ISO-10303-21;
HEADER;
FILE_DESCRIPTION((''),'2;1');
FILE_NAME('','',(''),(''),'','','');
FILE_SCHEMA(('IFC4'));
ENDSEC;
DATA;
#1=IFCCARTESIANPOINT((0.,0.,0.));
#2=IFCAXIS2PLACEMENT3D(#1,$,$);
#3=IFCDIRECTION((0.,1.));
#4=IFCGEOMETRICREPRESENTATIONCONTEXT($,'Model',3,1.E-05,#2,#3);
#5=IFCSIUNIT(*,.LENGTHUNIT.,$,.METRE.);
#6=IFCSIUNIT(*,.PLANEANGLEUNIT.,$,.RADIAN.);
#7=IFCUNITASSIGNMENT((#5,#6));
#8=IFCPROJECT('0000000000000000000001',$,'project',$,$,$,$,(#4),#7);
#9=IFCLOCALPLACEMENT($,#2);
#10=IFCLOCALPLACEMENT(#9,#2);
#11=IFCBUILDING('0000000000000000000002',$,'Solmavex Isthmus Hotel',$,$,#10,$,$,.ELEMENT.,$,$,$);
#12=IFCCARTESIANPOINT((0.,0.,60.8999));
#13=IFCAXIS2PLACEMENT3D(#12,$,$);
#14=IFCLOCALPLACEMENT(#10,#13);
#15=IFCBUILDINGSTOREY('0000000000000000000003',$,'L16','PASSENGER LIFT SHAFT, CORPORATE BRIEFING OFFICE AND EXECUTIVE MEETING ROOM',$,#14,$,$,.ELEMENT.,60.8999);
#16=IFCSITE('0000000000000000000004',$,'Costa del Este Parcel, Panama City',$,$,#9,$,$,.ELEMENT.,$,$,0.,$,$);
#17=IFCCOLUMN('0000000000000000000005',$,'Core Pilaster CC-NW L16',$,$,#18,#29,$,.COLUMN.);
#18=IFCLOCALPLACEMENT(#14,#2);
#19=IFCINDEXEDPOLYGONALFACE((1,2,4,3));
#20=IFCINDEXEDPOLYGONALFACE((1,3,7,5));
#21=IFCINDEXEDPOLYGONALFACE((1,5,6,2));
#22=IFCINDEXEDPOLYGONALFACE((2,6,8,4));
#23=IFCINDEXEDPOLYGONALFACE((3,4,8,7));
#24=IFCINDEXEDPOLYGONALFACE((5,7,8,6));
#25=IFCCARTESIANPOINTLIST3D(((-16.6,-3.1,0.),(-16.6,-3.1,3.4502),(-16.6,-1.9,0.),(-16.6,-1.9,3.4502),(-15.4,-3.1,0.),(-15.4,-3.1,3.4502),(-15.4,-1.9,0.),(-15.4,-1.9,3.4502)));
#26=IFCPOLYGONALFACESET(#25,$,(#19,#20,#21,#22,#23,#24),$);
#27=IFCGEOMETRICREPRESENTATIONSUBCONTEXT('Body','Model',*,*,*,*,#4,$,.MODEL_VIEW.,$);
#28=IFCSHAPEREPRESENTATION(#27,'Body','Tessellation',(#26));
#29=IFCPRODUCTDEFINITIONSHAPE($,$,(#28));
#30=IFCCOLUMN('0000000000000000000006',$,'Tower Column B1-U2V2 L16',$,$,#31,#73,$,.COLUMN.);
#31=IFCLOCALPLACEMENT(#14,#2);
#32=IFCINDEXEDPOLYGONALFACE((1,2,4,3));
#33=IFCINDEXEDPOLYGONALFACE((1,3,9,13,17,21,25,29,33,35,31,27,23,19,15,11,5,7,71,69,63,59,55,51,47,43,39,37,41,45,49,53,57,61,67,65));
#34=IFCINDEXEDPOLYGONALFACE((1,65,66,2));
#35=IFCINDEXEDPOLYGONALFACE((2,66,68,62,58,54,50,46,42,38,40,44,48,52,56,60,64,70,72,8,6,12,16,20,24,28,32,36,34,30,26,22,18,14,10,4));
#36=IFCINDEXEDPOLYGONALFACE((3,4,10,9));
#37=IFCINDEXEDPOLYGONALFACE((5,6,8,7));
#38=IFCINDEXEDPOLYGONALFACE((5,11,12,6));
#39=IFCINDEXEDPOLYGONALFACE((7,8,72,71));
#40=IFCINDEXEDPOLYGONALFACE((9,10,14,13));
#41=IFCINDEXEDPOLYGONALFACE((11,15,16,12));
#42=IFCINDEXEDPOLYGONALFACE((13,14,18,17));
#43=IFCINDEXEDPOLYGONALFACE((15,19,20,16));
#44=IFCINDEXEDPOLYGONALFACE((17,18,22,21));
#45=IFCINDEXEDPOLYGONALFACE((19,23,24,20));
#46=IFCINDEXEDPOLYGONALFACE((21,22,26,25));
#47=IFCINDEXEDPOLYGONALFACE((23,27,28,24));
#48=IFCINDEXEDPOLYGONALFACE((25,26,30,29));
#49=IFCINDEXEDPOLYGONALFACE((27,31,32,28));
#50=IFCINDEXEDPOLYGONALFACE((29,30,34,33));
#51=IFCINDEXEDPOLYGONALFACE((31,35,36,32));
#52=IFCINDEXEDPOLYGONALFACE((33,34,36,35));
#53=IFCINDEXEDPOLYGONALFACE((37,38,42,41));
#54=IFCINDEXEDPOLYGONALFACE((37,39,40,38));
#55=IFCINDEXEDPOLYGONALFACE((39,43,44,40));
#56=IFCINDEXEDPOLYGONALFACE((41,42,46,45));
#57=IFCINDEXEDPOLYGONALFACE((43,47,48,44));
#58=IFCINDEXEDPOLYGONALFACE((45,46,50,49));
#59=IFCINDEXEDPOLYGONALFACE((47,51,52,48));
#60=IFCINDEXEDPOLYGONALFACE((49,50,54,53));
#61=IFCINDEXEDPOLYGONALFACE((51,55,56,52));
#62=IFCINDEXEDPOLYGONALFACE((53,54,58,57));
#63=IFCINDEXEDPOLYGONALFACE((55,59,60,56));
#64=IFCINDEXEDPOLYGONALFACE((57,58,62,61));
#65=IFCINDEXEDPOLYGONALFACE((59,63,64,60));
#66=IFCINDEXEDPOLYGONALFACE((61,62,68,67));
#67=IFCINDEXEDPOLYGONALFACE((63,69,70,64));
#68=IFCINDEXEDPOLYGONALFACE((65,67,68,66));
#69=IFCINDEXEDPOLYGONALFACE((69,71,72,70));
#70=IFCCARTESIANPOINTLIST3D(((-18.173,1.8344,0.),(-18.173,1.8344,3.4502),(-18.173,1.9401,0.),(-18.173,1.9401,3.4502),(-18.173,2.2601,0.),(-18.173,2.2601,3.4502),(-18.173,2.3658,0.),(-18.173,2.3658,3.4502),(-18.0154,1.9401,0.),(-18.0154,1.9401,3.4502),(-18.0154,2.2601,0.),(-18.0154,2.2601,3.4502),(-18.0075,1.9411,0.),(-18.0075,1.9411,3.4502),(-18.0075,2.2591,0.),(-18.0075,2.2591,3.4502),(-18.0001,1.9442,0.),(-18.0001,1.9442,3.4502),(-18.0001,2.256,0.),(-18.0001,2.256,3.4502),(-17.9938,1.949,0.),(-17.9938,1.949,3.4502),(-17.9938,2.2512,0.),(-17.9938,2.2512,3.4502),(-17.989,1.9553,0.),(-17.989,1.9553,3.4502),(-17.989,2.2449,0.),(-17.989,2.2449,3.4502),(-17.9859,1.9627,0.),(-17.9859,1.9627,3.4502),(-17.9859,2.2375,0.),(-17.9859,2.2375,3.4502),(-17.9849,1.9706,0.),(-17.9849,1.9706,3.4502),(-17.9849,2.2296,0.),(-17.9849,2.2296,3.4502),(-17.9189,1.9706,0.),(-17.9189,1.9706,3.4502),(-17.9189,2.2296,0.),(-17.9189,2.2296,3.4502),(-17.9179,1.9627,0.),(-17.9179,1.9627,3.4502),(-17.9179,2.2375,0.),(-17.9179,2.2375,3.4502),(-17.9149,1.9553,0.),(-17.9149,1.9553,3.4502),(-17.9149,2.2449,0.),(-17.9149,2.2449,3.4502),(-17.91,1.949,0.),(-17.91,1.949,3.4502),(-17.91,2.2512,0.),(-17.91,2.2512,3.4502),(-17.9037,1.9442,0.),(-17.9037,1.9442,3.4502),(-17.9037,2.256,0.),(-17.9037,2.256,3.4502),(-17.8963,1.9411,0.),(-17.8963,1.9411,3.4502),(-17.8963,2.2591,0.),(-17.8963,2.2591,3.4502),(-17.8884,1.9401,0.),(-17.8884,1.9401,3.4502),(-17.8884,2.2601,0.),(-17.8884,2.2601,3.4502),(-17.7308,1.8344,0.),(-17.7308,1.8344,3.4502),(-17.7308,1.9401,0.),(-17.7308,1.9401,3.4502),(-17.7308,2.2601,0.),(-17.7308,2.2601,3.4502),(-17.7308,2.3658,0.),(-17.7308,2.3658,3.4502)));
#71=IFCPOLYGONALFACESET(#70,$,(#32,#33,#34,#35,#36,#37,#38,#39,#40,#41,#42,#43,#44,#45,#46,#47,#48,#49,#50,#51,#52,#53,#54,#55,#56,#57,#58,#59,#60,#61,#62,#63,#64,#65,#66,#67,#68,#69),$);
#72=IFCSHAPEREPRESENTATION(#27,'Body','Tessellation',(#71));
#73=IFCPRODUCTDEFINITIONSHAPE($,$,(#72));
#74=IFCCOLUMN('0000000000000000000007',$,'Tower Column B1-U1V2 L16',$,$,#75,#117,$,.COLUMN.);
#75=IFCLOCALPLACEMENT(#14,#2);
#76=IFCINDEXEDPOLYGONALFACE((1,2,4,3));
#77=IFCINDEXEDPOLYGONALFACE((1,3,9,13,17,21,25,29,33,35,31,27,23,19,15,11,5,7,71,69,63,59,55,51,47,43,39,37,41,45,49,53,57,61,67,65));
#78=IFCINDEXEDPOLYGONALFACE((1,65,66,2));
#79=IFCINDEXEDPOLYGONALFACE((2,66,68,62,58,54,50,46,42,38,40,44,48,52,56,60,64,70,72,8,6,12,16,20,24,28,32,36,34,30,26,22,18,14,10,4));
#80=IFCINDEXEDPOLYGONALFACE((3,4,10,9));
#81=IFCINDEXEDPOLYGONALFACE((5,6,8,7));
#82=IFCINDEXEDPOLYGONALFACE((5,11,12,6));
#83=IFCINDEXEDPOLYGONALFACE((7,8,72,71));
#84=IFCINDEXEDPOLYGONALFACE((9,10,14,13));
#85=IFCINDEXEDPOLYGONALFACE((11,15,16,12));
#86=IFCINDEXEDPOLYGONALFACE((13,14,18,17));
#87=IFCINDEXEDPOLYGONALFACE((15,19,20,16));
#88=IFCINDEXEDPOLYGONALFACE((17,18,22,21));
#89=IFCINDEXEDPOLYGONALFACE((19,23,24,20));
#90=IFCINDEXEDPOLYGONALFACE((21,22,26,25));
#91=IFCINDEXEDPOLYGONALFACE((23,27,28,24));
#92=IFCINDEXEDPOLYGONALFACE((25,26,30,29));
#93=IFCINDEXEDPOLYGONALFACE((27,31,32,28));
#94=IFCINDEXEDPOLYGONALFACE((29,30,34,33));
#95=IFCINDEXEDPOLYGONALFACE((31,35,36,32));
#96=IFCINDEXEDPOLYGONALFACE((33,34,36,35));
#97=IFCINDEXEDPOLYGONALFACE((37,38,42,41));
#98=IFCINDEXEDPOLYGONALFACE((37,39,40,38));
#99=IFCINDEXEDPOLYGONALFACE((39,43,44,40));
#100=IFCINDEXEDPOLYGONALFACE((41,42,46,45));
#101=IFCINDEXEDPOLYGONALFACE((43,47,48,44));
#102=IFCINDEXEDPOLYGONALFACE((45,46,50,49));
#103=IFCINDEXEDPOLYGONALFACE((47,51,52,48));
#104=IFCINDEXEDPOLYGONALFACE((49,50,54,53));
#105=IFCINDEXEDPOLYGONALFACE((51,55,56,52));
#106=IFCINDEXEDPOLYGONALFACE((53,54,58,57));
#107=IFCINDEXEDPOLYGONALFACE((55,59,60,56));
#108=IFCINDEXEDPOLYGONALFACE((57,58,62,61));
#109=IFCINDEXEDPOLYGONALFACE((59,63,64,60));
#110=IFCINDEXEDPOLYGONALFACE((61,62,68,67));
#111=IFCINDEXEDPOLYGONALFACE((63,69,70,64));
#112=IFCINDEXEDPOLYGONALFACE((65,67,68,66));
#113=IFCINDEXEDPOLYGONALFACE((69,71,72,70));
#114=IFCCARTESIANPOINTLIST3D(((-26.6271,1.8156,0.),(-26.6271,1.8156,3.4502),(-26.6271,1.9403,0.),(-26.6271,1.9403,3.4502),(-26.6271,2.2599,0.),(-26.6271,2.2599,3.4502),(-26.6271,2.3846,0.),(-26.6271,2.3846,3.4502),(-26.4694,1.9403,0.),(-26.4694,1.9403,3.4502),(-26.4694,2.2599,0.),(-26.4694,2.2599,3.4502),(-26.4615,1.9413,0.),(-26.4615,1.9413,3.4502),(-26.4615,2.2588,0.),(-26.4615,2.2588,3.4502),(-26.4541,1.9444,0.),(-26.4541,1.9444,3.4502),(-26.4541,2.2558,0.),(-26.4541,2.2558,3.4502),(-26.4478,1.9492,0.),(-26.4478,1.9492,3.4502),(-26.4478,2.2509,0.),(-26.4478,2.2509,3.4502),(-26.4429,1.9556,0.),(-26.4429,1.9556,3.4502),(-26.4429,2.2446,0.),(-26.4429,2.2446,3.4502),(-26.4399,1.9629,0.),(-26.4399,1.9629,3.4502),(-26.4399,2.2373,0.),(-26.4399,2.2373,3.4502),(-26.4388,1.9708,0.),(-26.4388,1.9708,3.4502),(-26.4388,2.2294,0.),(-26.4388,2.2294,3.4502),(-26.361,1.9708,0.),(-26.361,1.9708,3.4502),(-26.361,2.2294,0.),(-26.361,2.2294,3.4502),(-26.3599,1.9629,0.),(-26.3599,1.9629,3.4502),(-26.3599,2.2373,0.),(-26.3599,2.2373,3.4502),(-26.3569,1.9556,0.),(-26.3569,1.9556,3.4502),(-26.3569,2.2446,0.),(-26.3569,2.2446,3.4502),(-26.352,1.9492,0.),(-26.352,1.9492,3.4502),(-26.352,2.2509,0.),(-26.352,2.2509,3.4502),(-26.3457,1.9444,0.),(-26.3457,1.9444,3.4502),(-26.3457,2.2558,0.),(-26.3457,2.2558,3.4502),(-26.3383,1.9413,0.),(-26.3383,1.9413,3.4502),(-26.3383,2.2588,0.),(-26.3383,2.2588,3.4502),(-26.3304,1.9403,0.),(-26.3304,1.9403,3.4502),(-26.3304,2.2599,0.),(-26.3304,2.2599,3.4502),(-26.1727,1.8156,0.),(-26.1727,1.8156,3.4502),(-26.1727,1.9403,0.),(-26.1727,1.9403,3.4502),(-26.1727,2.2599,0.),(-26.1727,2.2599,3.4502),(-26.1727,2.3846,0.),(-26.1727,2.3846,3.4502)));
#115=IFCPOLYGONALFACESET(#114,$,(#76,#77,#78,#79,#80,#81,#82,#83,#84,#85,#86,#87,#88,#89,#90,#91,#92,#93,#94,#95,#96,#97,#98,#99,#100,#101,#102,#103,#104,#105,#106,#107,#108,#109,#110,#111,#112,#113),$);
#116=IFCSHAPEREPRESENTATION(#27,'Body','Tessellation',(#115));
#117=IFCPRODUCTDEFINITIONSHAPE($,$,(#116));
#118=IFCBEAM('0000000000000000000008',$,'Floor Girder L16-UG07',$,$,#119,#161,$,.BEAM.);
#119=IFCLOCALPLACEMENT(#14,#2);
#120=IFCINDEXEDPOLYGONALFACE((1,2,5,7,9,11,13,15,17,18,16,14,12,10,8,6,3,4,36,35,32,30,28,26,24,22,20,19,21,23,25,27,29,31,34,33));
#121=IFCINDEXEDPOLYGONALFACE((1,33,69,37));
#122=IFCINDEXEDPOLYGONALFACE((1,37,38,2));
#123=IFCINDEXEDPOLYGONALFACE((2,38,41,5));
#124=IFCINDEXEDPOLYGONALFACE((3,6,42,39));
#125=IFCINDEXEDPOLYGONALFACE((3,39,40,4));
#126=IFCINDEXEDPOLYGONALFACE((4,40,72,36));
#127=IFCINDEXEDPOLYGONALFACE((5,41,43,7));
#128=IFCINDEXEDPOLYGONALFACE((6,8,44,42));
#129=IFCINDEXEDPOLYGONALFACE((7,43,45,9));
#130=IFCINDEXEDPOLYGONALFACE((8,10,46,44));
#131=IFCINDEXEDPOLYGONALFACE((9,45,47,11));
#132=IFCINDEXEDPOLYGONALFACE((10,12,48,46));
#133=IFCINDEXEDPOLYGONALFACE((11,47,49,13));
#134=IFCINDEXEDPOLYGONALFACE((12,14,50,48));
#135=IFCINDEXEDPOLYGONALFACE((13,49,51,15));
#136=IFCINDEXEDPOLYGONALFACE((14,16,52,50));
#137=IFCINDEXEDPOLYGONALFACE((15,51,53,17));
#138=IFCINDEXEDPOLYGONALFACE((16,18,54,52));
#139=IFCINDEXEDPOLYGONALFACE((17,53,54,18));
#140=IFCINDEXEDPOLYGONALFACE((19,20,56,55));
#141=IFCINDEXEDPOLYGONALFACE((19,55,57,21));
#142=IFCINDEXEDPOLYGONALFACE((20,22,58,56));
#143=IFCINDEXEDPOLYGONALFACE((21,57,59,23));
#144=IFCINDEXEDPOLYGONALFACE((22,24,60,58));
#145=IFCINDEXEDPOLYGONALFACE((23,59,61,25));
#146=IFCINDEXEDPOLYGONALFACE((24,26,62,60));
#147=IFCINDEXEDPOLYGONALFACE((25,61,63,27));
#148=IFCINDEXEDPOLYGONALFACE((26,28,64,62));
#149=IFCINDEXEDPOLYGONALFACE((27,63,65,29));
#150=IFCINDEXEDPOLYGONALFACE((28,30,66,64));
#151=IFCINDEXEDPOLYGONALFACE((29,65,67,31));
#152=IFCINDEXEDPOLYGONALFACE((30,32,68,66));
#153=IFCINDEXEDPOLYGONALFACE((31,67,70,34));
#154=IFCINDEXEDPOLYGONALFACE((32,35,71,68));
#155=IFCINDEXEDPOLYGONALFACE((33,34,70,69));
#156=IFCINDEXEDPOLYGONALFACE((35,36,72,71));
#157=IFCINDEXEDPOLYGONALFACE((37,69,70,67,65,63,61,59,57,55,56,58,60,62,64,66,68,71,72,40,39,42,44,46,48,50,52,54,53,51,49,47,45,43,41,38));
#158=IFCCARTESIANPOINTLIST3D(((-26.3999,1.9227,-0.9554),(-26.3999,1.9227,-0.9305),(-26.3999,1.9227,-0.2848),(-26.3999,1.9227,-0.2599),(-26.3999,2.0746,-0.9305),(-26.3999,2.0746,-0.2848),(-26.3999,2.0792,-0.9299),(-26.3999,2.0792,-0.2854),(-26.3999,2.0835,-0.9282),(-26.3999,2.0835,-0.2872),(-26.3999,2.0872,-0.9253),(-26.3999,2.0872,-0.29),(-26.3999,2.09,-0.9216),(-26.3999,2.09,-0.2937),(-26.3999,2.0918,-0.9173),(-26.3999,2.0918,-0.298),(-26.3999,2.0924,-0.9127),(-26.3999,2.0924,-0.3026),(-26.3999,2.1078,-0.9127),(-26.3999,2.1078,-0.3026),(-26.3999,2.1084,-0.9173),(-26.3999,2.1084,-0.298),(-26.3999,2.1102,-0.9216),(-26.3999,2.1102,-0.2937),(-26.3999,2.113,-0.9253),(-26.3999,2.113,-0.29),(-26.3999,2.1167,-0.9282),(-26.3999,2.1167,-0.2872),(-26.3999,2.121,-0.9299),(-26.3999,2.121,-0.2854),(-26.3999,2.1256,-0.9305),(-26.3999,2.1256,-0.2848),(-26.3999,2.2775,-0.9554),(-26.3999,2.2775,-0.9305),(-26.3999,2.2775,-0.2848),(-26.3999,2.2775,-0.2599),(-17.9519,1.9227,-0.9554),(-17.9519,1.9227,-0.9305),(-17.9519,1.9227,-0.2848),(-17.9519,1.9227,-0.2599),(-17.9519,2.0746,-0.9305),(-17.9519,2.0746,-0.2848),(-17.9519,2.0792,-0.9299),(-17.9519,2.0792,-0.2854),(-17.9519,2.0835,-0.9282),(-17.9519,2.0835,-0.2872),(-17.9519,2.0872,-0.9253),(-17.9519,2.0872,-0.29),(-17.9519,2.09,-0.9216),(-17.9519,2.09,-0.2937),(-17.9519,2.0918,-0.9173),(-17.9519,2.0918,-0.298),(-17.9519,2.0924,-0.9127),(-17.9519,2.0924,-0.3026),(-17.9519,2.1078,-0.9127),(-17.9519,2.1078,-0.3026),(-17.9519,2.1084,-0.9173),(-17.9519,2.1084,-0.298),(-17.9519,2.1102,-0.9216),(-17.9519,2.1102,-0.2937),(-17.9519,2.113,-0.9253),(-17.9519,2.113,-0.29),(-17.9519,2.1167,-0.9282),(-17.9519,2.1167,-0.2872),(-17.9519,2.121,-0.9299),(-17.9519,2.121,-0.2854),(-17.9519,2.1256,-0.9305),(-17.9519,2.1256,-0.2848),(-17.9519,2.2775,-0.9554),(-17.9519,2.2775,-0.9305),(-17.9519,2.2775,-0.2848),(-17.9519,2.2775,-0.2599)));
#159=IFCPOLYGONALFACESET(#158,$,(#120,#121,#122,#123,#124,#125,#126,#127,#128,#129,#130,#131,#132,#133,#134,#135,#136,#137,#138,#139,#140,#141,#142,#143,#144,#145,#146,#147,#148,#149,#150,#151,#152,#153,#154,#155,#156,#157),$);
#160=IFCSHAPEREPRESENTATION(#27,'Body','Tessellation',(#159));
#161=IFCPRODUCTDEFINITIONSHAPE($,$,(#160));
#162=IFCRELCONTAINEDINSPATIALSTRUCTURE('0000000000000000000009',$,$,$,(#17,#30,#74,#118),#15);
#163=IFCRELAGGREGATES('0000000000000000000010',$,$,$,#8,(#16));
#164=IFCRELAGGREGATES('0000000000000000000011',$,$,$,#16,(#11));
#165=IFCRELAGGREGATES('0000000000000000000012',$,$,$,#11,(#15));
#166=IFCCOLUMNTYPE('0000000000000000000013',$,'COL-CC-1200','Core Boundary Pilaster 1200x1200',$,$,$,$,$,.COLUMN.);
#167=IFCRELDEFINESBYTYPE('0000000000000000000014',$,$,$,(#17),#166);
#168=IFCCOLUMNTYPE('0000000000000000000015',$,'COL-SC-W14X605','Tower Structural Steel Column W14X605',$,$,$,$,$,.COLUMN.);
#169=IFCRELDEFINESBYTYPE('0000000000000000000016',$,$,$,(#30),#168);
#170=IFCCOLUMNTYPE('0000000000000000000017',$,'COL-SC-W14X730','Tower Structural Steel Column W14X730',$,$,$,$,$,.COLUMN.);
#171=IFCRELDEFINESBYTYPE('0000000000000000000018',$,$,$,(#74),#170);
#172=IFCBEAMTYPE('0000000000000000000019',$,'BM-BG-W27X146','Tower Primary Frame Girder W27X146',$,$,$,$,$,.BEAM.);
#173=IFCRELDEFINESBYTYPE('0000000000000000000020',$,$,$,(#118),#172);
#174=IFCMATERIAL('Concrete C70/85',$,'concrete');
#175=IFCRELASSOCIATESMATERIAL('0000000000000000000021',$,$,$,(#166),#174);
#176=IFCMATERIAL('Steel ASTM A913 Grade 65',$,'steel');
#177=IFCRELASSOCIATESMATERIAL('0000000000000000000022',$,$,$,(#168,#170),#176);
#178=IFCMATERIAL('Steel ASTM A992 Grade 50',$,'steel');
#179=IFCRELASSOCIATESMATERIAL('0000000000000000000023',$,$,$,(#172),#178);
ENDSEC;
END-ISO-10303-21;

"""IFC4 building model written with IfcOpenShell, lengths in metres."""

from ifc_helpers import new_model, si_unit, direction, frame, origin, origin_2d, place, context, subcontext, project, spatial, rectangle, i_section, extrude, material, material_profile, profile_set, type_object, element, save


model = new_model("IFC4")

# Units and contexts
model_context = context("Model", 3, precision=1e-05, world=origin(), true_north=direction((0.0, 1.0)))
body_context = subcontext(model_context, "Body", "Model", "MODEL_VIEW")
ifc_project = project(units=[si_unit("LENGTHUNIT", "METRE"), si_unit("PLANEANGLEUNIT", "RADIAN")], contexts=[model_context])

# Site, building, storey
site_placement = place(None, origin())
site = spatial("IfcSite", under=ifc_project, at=site_placement, Name="Costa del Este Parcel, Panama City", CompositionType="ELEMENT", RefElevation=0.0)
building_placement = place(site_placement, origin())
building = spatial("IfcBuilding", under=site, at=building_placement, Name="Solmavex Isthmus Hotel", CompositionType="ELEMENT")
storey_placement = place(building_placement, frame((0.0, 0.0, 60.8999)))
storey = spatial("IfcBuildingStorey", under=building, at=storey_placement, Name="L16", Description="PASSENGER LIFT SHAFT, CORPORATE BRIEFING OFFICE AND EXECUTIVE MEETING ROOM", CompositionType="ELEMENT", Elevation=60.8999)

# Columns
ifc_material_1 = material(Name="Concrete C70/85", Category="concrete")
ifc_material_profile_1 = material_profile(ifc_material_1, rectangle(XDim=1.2, YDim=1.2, at=origin_2d()), Name="RC1200X1200")
ifc_profile_set_1 = profile_set([ifc_material_profile_1], Name="Concrete C70/85")
column_type_1 = type_object("IfcColumnType", Name="COL-CC-1200", Description="Core Boundary Pilaster 1200x1200", PredefinedType="COLUMN", material=ifc_profile_set_1)
column_1_placement = place(storey_placement, frame((-16.0, -2.5, 0.0), z_axis=(0.0, 0.0, 1.0), x_axis=(1.0, 0.0, 0.0)))
element("IfcColumn", 1, at=column_1_placement, inside=storey, type_object=column_type_1, Name="Core Pilaster CC-NW L16", PredefinedType="COLUMN", context=body_context, shape_type="SweptSolid", body=[
    extrude(rectangle(XDim=1.2, YDim=1.2, at=origin_2d()), origin(), (0.0, 0.0, 1.0), 3.4502),
])
ifc_material_2 = material(Name="Steel ASTM A913 Grade 65", Category="steel")
ifc_material_profile_2 = material_profile(ifc_material_2, i_section(OverallWidth=0.4421, OverallDepth=0.5315, WebThickness=0.0659, FlangeThickness=0.1057, FilletRadius=0.0305, at=origin_2d()), Name="W14X605")
ifc_profile_set_2 = profile_set([ifc_material_profile_2], Name="Steel ASTM A913 Grade 65")
column_type_2 = type_object("IfcColumnType", Name="COL-SC-W14X605", Description="Tower Structural Steel Column W14X605", PredefinedType="COLUMN", material=ifc_profile_set_2)
column_2_placement = place(storey_placement, frame((-17.9519, 2.1001, 0.0), z_axis=(0.0, 0.0, 1.0), x_axis=(1.0, 0.0, 0.0)))
element("IfcColumn", 2, at=column_2_placement, inside=storey, type_object=column_type_2, Name="Tower Column B1-U2V2 L16", PredefinedType="COLUMN", context=body_context, shape_type="SweptSolid", body=[
    extrude(i_section(OverallWidth=0.4421, OverallDepth=0.5315, WebThickness=0.0659, FlangeThickness=0.1057, FilletRadius=0.0305, at=origin_2d()), origin(), (0.0, 0.0, 1.0), 3.4502),
])
ifc_material_profile_3 = material_profile(ifc_material_2, i_section(OverallWidth=0.4543, OverallDepth=0.5691, WebThickness=0.0779, FlangeThickness=0.1248, FilletRadius=0.0305, at=origin_2d()), Name="W14X730")
ifc_profile_set_3 = profile_set([ifc_material_profile_3], Name="Steel ASTM A913 Grade 65")
column_type_3 = type_object("IfcColumnType", Name="COL-SC-W14X730", Description="Tower Structural Steel Column W14X730", PredefinedType="COLUMN", material=ifc_profile_set_3)
column_3_placement = place(storey_placement, frame((-26.3999, 2.1001, 0.0), z_axis=(0.0, 0.0, 1.0), x_axis=(1.0, 0.0, 0.0)))
element("IfcColumn", 3, at=column_3_placement, inside=storey, type_object=column_type_3, Name="Tower Column B1-U1V2 L16", PredefinedType="COLUMN", context=body_context, shape_type="SweptSolid", body=[
    extrude(i_section(OverallWidth=0.4543, OverallDepth=0.5691, WebThickness=0.0779, FlangeThickness=0.1248, FilletRadius=0.0305, at=origin_2d()), origin(), (0.0, 0.0, 1.0), 3.4502),
])

# Beam
ifc_material_3 = material(Name="Steel ASTM A992 Grade 50", Category="steel")
ifc_material_profile_4 = material_profile(ifc_material_3, i_section(OverallWidth=0.3547, OverallDepth=0.6956, WebThickness=0.0154, FlangeThickness=0.0249, FilletRadius=0.0178, at=origin_2d()), Name="W27X146")
ifc_profile_set_4 = profile_set([ifc_material_profile_4], Name="Steel ASTM A992 Grade 50")
beam_type_1 = type_object("IfcBeamType", Name="BM-BG-W27X146", Description="Tower Primary Frame Girder W27X146", PredefinedType="BEAM", material=ifc_profile_set_4)
beam_1_placement = place(storey_placement, frame((-26.3999, 2.1001, -0.6077), z_axis=(1.0, 0.0, 0.0), x_axis=(0.0, 1.0, 0.0)))
element("IfcBeam", 4, at=beam_1_placement, inside=storey, type_object=beam_type_1, Name="Floor Girder L16-UG07", PredefinedType="BEAM", context=body_context, shape_type="SweptSolid", body=[
    extrude(i_section(OverallWidth=0.3547, OverallDepth=0.6956, WebThickness=0.0154, FlangeThickness=0.0249, FilletRadius=0.0178, at=origin_2d()), origin(), (0.0, 0.0, 1.0), 8.448),
])

save(model, "model.ifc")
